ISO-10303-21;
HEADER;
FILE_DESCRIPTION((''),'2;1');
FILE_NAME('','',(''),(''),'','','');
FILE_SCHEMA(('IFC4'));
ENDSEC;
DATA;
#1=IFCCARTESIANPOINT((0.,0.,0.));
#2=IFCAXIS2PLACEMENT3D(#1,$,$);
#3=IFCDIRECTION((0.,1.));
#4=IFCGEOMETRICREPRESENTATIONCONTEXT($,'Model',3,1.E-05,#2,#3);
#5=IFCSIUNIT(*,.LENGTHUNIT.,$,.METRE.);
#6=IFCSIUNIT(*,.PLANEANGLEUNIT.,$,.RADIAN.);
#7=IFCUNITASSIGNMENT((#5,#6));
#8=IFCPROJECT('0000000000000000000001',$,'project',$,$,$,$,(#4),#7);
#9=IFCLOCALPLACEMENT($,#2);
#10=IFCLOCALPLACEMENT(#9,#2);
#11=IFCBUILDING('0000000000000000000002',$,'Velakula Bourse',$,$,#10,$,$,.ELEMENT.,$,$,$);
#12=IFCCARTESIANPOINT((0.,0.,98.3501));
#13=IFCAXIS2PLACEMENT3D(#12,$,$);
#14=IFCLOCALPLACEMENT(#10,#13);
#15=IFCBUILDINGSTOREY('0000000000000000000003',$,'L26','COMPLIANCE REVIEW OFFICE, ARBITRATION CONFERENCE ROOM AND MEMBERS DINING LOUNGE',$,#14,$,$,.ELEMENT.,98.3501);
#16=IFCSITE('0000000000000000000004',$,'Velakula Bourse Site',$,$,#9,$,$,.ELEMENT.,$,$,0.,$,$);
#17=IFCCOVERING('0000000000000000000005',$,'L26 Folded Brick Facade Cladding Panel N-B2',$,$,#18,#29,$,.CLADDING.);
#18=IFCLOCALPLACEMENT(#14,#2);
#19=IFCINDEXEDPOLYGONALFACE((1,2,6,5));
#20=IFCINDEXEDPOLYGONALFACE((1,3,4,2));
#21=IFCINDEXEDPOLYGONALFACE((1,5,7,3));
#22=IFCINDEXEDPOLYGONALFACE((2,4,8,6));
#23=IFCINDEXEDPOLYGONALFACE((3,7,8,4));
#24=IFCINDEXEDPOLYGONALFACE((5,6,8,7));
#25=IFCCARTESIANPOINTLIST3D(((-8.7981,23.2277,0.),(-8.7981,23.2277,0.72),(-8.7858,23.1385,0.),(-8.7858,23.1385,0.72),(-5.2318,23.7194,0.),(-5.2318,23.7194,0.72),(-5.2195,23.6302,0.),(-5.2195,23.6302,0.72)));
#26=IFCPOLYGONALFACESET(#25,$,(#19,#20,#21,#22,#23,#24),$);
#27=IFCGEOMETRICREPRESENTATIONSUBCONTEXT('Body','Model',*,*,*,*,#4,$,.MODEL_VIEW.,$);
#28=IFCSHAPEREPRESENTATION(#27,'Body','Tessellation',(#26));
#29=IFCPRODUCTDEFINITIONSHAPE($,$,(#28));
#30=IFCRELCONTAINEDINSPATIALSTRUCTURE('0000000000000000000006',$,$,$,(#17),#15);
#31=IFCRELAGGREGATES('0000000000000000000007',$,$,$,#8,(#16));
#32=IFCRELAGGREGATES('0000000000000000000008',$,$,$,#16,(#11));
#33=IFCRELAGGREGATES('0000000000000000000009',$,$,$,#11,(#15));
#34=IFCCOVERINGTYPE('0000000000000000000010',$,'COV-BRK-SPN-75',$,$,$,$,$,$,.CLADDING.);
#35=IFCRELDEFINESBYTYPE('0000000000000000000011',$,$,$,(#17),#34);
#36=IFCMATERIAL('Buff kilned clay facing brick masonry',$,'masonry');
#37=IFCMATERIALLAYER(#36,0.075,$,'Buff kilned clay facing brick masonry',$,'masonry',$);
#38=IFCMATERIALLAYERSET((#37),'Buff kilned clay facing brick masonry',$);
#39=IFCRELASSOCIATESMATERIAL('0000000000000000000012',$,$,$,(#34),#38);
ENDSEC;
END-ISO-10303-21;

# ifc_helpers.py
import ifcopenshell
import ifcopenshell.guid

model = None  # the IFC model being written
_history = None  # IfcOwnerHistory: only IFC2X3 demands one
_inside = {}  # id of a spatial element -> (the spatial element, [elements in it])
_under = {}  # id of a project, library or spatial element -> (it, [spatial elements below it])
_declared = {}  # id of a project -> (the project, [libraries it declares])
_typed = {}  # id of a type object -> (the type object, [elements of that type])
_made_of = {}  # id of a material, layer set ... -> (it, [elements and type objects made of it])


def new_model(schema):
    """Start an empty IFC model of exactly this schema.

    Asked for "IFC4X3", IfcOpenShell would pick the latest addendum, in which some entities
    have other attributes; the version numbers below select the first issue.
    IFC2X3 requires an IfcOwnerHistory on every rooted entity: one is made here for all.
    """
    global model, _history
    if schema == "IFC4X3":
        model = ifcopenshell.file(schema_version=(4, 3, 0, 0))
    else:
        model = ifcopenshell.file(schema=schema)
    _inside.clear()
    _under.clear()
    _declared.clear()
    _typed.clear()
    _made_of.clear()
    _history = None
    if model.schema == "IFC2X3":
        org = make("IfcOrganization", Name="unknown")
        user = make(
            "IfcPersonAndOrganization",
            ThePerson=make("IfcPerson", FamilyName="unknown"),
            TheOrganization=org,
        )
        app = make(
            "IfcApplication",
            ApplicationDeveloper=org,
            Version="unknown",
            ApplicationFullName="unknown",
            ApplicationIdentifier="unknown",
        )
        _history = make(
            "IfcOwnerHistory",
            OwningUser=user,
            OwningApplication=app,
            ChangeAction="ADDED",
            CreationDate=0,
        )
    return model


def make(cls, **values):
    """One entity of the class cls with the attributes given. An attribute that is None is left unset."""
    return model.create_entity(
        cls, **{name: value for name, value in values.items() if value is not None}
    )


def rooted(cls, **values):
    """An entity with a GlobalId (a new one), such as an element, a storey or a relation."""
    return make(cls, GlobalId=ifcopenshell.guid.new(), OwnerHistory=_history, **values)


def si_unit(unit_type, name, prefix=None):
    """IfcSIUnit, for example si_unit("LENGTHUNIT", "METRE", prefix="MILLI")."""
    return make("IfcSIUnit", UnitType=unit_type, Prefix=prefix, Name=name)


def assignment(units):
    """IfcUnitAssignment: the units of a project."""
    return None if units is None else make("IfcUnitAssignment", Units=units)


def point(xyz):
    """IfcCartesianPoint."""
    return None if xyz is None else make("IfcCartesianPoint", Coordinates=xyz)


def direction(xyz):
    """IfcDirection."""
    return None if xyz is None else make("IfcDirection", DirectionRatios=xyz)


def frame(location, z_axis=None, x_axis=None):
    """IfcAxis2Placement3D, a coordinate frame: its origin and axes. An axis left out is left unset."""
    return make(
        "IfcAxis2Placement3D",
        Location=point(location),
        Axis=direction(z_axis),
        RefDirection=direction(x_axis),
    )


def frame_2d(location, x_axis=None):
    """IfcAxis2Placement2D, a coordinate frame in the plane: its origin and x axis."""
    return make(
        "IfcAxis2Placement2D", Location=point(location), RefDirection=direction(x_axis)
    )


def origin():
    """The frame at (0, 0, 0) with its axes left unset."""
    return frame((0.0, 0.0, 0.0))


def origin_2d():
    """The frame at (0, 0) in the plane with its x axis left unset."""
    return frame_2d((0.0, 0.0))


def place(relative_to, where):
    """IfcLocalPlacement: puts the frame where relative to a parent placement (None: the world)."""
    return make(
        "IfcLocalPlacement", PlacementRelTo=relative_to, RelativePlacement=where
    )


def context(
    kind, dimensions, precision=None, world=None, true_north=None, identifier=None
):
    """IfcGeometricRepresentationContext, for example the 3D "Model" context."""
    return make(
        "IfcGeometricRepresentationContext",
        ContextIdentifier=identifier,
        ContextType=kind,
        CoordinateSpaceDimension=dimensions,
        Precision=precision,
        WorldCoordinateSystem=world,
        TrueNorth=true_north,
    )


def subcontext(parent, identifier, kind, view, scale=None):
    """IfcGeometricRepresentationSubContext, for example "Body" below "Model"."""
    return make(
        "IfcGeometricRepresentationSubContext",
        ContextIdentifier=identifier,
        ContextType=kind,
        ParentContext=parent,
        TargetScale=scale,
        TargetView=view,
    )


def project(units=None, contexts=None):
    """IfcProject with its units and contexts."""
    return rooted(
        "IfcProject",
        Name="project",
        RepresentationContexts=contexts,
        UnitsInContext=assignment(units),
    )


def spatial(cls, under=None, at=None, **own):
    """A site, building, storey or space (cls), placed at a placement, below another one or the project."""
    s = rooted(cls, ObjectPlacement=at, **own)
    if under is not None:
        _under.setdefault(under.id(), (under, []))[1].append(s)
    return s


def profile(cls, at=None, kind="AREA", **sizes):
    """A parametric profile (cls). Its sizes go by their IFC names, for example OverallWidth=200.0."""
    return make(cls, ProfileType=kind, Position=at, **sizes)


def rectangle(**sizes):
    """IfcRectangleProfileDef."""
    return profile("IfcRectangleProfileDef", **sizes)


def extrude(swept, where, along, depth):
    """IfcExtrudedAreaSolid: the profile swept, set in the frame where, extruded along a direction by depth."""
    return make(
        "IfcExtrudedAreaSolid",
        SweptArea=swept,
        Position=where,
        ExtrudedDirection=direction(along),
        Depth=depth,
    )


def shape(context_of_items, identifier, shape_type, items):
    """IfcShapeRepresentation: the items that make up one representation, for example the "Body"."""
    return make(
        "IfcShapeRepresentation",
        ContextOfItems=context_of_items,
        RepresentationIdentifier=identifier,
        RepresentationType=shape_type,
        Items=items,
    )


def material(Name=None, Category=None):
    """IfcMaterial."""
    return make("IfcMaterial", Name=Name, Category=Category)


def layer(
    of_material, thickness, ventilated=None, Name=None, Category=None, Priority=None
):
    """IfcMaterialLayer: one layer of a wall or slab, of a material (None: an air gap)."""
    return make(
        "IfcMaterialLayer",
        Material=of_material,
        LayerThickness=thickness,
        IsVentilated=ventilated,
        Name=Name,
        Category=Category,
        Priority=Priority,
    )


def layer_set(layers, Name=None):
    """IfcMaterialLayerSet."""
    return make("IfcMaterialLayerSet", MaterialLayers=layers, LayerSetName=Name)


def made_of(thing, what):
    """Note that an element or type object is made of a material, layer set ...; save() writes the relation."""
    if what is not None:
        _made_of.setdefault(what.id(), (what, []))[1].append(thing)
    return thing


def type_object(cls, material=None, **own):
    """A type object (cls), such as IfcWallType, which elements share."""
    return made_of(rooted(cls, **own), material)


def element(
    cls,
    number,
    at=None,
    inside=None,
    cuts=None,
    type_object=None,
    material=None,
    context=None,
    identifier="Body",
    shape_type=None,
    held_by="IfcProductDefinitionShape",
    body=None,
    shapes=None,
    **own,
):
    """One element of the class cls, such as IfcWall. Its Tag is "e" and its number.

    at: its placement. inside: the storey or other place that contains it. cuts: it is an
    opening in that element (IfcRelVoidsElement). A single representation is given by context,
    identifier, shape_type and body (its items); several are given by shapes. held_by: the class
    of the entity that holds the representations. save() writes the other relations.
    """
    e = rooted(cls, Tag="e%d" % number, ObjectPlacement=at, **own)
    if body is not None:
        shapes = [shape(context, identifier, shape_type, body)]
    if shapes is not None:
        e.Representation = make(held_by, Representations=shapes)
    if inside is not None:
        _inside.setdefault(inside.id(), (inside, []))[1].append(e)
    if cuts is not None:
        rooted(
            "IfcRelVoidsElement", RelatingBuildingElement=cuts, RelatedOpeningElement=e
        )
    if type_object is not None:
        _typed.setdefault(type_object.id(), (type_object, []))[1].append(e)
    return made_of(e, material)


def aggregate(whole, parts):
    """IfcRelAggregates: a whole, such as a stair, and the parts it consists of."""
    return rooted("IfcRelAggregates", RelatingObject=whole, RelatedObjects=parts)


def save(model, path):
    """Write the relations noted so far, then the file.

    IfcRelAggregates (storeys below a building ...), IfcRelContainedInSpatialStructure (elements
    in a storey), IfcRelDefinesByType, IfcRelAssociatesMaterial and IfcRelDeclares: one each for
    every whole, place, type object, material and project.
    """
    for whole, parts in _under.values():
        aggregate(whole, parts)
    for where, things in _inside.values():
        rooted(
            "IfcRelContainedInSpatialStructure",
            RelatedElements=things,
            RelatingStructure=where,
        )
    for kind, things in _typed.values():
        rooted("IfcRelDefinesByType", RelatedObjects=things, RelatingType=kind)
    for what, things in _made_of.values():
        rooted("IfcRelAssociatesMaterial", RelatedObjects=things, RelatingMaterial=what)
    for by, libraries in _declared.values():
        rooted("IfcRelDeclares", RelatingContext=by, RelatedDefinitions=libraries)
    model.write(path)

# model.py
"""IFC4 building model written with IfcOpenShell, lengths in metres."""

from ifc_helpers import new_model, si_unit, direction, frame, origin, origin_2d, place, context, subcontext, project, spatial, rectangle, extrude, material, layer, layer_set, type_object, element, save


model = new_model("IFC4")

# Units and contexts
model_context = context("Model", 3, precision=1e-05, world=origin(), true_north=direction((0.0, 1.0)))
body_context = subcontext(model_context, "Body", "Model", "MODEL_VIEW")
ifc_project = project(units=[si_unit("LENGTHUNIT", "METRE"), si_unit("PLANEANGLEUNIT", "RADIAN")], contexts=[model_context])

# Site, building, storey
site_placement = place(None, origin())
site = spatial("IfcSite", under=ifc_project, at=site_placement, Name="Velakula Bourse Site", CompositionType="ELEMENT", RefElevation=0.0)
building_placement = place(site_placement, origin())
building = spatial("IfcBuilding", under=site, at=building_placement, Name="Velakula Bourse", CompositionType="ELEMENT")
storey_placement = place(building_placement, frame((0.0, 0.0, 98.3501)))
storey = spatial("IfcBuildingStorey", under=building, at=storey_placement, Name="L26", Description="COMPLIANCE REVIEW OFFICE, ARBITRATION CONFERENCE ROOM AND MEMBERS DINING LOUNGE", CompositionType="ELEMENT", Elevation=98.3501)

# Covering
ifc_material_1 = material(Name="Buff kilned clay facing brick masonry", Category="masonry")
ifc_layer_1 = layer(ifc_material_1, 0.075, Name="Buff kilned clay facing brick masonry", Category="masonry")
ifc_layer_set_1 = layer_set([ifc_layer_1], Name="Buff kilned clay facing brick masonry")
covering_type = type_object("IfcCoveringType", Name="COV-BRK-SPN-75", PredefinedType="CLADDING", material=ifc_layer_set_1)
covering_placement = place(storey_placement, frame((-7.0088, 23.429, 0.0), z_axis=(0.0, 0.0, 1.0), x_axis=(0.990629, 0.13658, 0.0)))
element("IfcCovering", 1, at=covering_placement, inside=storey, type_object=covering_type, Name="L26 Folded Brick Facade Cladding Panel N-B2", PredefinedType="CLADDING", context=body_context, shape_type="SweptSolid", body=[
    extrude(rectangle(XDim=3.6001, YDim=0.0901, at=origin_2d()), origin(), (0.0, 0.0, 1.0), 0.72),
])

save(model, "model.ifc")
